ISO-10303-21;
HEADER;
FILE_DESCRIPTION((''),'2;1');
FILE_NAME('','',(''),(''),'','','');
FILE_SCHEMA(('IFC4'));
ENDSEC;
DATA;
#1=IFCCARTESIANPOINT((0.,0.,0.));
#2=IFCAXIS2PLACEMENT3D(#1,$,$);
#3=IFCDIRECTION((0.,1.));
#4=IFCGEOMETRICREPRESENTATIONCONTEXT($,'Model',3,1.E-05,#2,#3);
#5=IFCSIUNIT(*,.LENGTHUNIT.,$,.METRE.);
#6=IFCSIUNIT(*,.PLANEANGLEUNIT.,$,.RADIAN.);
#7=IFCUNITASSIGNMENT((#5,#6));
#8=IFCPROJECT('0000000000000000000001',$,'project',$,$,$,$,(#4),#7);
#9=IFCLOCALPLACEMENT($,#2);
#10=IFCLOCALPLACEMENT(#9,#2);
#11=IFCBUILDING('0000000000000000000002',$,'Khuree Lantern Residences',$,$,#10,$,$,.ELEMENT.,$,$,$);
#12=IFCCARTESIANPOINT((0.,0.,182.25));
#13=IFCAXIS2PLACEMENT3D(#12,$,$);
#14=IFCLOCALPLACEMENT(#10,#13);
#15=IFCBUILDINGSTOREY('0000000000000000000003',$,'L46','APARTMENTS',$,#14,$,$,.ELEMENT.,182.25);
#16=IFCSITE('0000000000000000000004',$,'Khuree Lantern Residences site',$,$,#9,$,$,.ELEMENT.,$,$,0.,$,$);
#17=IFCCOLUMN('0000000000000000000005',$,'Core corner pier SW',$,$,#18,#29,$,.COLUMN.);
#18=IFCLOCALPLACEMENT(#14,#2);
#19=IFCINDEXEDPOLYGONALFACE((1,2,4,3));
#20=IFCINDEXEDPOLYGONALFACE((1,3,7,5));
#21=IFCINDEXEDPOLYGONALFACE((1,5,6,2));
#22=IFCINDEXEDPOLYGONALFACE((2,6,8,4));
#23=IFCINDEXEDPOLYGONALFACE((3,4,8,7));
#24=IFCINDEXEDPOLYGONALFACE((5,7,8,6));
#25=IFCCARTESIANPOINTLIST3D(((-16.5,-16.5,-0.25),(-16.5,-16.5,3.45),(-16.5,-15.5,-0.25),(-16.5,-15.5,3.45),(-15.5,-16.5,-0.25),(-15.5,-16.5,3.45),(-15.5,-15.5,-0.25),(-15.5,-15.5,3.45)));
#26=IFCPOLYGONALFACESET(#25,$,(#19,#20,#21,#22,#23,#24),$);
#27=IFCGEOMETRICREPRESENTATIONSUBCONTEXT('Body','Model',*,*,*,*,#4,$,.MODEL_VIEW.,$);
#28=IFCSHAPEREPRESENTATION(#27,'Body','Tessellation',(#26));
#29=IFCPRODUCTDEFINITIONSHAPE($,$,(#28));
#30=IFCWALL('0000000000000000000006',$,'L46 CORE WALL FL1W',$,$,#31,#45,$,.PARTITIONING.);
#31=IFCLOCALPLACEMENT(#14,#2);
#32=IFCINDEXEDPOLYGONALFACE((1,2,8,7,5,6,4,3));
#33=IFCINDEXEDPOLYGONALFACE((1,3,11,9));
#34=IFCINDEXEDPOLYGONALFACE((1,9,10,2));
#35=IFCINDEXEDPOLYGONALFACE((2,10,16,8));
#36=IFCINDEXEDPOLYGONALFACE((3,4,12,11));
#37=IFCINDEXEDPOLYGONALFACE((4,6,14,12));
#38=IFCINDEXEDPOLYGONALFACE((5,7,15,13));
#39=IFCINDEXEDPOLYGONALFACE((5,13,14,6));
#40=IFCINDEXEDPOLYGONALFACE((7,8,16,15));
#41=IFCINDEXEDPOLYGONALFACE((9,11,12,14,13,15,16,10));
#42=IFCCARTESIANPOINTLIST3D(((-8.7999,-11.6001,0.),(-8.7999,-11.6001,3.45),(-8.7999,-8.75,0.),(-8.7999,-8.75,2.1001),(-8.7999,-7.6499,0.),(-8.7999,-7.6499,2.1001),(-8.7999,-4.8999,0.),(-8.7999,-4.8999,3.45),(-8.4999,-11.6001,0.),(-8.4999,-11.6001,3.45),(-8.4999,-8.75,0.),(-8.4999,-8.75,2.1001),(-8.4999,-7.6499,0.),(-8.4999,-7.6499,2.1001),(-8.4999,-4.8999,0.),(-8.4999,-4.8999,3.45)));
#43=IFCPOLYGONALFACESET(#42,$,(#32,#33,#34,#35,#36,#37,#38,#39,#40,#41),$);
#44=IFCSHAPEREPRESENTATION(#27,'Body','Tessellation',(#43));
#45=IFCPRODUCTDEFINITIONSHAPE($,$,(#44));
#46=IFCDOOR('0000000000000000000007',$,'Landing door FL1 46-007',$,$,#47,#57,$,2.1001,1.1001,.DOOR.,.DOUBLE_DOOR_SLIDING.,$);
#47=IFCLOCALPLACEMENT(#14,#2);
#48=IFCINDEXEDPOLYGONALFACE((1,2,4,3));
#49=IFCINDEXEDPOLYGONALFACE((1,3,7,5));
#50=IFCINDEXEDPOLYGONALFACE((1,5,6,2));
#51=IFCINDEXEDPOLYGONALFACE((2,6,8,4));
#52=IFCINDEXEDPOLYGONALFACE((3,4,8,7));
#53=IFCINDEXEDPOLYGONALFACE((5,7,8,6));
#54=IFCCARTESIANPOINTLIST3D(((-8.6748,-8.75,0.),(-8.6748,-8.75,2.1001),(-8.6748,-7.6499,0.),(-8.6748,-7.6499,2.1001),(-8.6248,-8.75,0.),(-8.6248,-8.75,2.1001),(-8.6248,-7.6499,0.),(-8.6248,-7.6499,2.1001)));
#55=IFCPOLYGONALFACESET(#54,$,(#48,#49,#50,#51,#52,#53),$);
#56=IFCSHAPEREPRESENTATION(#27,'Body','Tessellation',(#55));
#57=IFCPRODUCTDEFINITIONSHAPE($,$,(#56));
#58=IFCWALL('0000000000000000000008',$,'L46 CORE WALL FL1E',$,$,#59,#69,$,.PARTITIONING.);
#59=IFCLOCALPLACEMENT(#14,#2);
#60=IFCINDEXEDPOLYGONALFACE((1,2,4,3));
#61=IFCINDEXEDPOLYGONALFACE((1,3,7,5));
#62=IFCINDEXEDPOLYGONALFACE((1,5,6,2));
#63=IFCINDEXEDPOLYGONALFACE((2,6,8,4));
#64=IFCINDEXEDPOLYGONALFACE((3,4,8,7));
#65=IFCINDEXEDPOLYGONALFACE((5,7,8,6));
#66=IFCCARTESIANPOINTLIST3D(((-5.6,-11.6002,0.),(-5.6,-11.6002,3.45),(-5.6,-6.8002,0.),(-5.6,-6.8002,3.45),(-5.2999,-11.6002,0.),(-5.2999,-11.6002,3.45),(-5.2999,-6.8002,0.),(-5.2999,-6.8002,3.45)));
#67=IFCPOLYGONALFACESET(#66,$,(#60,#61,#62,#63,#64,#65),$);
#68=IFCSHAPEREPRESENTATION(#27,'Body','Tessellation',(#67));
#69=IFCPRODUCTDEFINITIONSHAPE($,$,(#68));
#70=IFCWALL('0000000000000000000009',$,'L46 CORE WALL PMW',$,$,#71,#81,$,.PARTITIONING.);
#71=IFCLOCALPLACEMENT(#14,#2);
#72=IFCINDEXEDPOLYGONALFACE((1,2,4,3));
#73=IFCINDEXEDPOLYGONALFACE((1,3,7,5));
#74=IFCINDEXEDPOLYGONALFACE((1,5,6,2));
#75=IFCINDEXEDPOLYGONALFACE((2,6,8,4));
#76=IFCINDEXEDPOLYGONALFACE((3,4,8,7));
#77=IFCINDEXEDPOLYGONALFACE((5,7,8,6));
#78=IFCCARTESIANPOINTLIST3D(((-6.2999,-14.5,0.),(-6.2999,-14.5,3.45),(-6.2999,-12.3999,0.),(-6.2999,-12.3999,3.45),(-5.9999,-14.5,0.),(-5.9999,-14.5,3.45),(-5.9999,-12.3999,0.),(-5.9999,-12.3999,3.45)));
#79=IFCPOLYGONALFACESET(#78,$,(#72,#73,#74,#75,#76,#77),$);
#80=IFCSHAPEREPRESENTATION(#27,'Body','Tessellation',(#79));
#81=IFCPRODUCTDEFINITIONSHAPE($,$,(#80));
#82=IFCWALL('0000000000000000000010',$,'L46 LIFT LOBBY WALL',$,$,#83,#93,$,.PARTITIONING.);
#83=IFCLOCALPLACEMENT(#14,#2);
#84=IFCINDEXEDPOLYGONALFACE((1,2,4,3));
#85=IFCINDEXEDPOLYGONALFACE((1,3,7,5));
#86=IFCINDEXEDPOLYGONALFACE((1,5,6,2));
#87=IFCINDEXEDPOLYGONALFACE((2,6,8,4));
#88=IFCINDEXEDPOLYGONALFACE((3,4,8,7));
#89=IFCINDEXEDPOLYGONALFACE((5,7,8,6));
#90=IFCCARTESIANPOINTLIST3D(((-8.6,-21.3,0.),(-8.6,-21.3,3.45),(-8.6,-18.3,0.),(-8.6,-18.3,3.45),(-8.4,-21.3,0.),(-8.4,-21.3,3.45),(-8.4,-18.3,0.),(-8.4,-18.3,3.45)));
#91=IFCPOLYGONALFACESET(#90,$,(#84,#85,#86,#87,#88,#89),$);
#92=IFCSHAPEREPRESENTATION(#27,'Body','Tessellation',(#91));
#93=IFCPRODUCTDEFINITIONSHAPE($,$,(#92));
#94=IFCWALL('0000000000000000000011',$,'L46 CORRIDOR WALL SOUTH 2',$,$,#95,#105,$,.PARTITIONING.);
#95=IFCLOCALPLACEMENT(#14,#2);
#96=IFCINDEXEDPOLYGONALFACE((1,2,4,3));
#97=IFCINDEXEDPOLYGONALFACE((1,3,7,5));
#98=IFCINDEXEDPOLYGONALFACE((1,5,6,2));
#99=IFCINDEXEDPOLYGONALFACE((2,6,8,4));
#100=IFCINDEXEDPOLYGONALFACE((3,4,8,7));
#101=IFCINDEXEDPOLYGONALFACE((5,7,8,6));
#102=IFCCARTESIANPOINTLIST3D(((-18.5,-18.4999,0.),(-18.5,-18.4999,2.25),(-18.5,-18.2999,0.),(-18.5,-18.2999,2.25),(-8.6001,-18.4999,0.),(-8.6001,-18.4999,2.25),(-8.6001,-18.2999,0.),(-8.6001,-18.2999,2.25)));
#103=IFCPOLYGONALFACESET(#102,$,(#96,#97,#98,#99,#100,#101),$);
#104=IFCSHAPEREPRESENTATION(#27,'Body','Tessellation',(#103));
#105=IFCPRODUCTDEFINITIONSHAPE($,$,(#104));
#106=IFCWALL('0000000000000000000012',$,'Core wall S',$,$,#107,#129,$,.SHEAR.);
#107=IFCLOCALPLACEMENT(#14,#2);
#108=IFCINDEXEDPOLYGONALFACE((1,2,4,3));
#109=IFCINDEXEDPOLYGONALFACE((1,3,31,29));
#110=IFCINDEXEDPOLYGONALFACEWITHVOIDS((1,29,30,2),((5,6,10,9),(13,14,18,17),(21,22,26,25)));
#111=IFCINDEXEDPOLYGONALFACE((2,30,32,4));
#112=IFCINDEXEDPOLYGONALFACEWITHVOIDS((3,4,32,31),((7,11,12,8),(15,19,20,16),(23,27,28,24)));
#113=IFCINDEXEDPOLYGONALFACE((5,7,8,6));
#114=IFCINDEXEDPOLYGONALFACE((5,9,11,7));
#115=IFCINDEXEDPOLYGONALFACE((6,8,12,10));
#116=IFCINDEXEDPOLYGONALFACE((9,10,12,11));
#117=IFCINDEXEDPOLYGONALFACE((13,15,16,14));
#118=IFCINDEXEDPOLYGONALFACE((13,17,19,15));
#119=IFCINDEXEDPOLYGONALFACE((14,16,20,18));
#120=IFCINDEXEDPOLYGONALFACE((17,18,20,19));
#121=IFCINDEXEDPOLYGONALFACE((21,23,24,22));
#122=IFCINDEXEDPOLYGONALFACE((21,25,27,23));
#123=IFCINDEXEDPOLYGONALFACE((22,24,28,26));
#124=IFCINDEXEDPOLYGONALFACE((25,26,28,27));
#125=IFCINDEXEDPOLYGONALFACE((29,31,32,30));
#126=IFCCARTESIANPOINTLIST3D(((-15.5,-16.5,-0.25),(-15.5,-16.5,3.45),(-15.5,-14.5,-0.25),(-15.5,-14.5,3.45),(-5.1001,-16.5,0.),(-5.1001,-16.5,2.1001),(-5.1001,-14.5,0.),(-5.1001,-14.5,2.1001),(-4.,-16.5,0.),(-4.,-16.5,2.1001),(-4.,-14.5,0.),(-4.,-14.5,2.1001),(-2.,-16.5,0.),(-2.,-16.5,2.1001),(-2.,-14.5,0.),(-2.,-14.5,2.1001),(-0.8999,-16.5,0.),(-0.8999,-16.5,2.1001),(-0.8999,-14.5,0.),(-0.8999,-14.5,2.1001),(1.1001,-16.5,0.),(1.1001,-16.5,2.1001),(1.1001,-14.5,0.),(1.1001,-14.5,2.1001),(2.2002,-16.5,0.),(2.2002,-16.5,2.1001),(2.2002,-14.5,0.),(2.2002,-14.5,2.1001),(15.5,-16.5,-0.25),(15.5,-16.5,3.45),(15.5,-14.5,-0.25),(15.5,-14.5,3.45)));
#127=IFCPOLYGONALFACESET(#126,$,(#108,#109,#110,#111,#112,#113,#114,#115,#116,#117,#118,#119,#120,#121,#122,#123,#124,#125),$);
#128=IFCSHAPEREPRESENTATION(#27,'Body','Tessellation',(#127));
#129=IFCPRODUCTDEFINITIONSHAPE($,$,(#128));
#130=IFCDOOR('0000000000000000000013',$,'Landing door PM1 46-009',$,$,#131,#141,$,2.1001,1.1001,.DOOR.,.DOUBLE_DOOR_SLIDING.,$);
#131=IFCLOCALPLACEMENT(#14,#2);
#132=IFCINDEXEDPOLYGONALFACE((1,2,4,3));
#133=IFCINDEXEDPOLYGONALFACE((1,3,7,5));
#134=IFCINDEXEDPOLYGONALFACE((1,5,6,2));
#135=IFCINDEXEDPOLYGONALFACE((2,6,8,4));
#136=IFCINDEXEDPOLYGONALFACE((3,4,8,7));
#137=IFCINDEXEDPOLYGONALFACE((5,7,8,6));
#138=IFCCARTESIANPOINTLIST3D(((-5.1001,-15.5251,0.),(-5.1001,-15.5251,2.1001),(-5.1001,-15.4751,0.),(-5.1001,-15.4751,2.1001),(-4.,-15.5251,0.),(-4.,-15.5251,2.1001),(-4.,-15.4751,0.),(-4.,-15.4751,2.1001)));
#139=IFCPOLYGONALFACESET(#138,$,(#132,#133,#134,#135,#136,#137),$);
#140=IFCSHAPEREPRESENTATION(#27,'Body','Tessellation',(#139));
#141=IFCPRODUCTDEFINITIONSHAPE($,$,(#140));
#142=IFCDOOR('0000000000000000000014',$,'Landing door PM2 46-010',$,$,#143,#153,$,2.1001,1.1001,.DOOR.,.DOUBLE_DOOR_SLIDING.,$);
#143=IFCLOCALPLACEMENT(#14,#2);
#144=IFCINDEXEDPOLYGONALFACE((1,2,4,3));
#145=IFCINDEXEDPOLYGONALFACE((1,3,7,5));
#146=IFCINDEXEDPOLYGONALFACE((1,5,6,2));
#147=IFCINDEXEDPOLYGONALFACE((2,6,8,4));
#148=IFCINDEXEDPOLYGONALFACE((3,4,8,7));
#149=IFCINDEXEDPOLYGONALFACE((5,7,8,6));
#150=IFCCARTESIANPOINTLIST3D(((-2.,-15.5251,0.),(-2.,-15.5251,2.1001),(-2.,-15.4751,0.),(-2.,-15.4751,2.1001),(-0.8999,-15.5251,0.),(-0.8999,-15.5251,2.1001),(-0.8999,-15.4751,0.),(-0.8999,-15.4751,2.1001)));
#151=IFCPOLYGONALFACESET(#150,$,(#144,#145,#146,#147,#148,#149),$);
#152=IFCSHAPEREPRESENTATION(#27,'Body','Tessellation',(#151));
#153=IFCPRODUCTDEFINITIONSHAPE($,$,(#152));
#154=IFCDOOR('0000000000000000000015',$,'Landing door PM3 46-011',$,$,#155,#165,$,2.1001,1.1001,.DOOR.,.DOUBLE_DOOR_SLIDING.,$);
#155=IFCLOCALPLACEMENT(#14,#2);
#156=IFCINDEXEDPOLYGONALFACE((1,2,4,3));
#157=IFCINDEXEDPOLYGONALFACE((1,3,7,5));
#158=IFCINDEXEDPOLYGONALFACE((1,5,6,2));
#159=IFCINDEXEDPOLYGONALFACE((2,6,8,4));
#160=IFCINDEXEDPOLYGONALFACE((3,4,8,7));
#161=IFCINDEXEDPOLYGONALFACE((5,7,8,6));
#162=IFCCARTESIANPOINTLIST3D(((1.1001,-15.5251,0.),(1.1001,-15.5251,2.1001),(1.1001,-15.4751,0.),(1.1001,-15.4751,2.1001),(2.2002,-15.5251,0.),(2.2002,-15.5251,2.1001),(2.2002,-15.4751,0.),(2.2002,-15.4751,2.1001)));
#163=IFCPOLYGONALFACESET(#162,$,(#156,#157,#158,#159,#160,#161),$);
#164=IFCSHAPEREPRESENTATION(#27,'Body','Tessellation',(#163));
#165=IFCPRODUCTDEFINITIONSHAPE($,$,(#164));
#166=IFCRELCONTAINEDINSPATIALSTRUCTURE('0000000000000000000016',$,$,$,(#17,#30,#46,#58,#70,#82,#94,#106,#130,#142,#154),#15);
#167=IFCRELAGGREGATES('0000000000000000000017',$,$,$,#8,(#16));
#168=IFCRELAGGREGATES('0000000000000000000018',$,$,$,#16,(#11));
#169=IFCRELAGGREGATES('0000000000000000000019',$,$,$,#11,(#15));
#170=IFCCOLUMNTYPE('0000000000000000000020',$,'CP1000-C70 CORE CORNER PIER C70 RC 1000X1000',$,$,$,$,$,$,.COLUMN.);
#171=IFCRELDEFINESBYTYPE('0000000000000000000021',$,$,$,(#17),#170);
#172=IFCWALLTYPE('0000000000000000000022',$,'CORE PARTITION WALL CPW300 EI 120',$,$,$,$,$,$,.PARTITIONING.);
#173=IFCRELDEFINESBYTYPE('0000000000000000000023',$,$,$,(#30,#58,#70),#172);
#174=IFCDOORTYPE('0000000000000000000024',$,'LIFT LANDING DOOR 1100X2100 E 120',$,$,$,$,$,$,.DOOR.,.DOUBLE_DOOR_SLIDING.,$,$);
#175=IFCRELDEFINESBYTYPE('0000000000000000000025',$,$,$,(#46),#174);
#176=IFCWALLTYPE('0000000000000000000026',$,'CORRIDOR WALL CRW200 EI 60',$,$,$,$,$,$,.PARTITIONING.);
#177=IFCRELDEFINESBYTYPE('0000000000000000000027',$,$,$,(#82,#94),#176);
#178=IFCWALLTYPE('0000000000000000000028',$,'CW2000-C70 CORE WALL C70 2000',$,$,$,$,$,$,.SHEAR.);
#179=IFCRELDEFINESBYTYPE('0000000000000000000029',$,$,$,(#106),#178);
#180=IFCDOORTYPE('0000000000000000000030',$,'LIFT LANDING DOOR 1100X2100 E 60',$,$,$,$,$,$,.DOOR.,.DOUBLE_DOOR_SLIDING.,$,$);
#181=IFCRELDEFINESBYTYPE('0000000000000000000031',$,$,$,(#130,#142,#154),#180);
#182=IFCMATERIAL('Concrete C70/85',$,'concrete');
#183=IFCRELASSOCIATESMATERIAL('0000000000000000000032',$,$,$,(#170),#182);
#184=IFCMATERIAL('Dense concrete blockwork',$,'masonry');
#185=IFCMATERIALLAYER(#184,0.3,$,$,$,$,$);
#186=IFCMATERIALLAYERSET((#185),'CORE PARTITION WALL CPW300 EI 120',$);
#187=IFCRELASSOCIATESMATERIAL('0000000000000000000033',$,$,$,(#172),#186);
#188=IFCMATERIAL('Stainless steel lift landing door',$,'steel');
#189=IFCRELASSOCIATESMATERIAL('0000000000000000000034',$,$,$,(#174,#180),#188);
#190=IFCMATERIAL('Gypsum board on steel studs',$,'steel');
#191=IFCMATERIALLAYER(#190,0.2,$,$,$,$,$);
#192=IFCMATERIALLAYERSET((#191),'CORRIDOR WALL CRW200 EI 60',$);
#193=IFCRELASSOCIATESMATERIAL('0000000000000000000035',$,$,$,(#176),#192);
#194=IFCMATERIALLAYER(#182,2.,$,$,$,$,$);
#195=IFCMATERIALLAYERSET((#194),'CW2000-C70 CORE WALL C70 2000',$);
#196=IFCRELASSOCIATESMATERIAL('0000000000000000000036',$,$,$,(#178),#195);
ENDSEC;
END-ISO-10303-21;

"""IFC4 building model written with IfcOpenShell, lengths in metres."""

from ifc_helpers import new_model, si_unit, direction, frame, frame_2d, origin, origin_2d, place, context, subcontext, project, spatial, rectangle, extrude, material, layer, layer_set, material_profile, profile_set, type_object, element, fill, save


model = new_model("IFC4")

# Units and contexts
model_context = context("Model", 3, precision=1e-05, world=origin(), true_north=direction((0.0, 1.0)))
body_context = subcontext(model_context, "Body", "Model", "MODEL_VIEW")
ifc_project = project(units=[si_unit("LENGTHUNIT", "METRE"), si_unit("PLANEANGLEUNIT", "RADIAN")], contexts=[model_context])

# Site, building, storey
site_placement = place(None, origin())
site = spatial("IfcSite", under=ifc_project, at=site_placement, Name="Khuree Lantern Residences site", CompositionType="ELEMENT", RefElevation=0.0)
building_placement = place(site_placement, origin())
building = spatial("IfcBuilding", under=site, at=building_placement, Name="Khuree Lantern Residences", CompositionType="ELEMENT")
storey_placement = place(building_placement, frame((0.0, 0.0, 182.25)))
storey = spatial("IfcBuildingStorey", under=building, at=storey_placement, Name="L46", Description="APARTMENTS", CompositionType="ELEMENT", Elevation=182.25)

# Column
ifc_material_1 = material(Name="Concrete C70/85", Category="concrete")
ifc_material_profile = material_profile(ifc_material_1, rectangle(XDim=1.0, YDim=1.0, at=origin_2d()), Name="RC 1000X1000")
ifc_profile_set = profile_set([ifc_material_profile], Name="Concrete C70/85")
column_type = type_object("IfcColumnType", Name="CP1000-C70 CORE CORNER PIER C70 RC 1000X1000", PredefinedType="COLUMN", material=ifc_profile_set)
column_placement = place(storey_placement, frame((-16.0, -16.0, -0.25), z_axis=(0.0, 0.0, 1.0), x_axis=(1.0, 0.0, 0.0)))
element("IfcColumn", 1, at=column_placement, inside=storey, type_object=column_type, Name="Core corner pier SW", PredefinedType="COLUMN", context=body_context, shape_type="SweptSolid", body=[
    extrude(rectangle(XDim=1.0, YDim=1.0, at=origin_2d()), origin(), (0.0, 0.0, 1.0), 3.7),
])

# Wall, opening, door
ifc_material_2 = material(Name="Dense concrete blockwork", Category="masonry")
ifc_layer_1 = layer(ifc_material_2, 0.3)
ifc_layer_set_1 = layer_set([ifc_layer_1], Name="CORE PARTITION WALL CPW300 EI 120")
wall_type_1 = type_object("IfcWallType", Name="CORE PARTITION WALL CPW300 EI 120", PredefinedType="PARTITIONING", material=ifc_layer_set_1)
wall_1_placement = place(storey_placement, frame((-8.6499, -11.6001, 0.0), z_axis=(0.0, 0.0, 1.0), x_axis=(0.0, 1.0, 0.0)))
wall_1 = element("IfcWall", 2, at=wall_1_placement, inside=storey, type_object=wall_type_1, Name="L46 CORE WALL FL1W", PredefinedType="PARTITIONING", context=body_context, shape_type="SweptSolid", body=[
    extrude(rectangle(XDim=6.7002, YDim=0.3, at=frame_2d((3.3501, 0.0))), origin(), (0.0, 0.0, 1.0), 3.45),
])
opening_1_placement = place(wall_1_placement, frame((2.8501, 0.0, 0.0)))
opening_1 = element("IfcOpeningElement", 3, at=opening_1_placement, cuts=wall_1, PredefinedType="OPENING", context=body_context, shape_type="SweptSolid", body=[
    extrude(rectangle(XDim=1.1001, YDim=2.1001, at=frame_2d((0.55, 1.05))), frame((0.0, 0.1602, 0.0), z_axis=(0.0, -1.0, 0.0), x_axis=(1.0, 0.0, 0.0)), (0.0, 0.0, 1.0), 0.3201),
])
ifc_material_3 = material(Name="Stainless steel lift landing door", Category="steel")
door_type_1 = type_object("IfcDoorType", Name="LIFT LANDING DOOR 1100X2100 E 120", OperationType="DOUBLE_DOOR_SLIDING", PredefinedType="DOOR", material=ifc_material_3)
door_1_placement = place(opening_1_placement, origin())
door_1 = element("IfcDoor", 4, at=door_1_placement, inside=storey, type_object=door_type_1, Name="Landing door FL1 46-007", OperationType="DOUBLE_DOOR_SLIDING", OverallHeight=2.1001, OverallWidth=1.1001, PredefinedType="DOOR", context=body_context, shape_type="SweptSolid", body=[
    extrude(rectangle(XDim=1.1001, YDim=2.1001, at=frame_2d((0.55, 1.05))), frame((0.0, 0.0249, 0.0), z_axis=(0.0, -1.0, 0.0), x_axis=(1.0, 0.0, 0.0)), (0.0, 0.0, 1.0), 0.05),
])
fill(opening_1, door_1)

# Walls
wall_2_placement = place(storey_placement, frame((-5.45, -11.6001, 0.0), z_axis=(0.0, 0.0, 1.0), x_axis=(0.0, 1.0, 0.0)))
element("IfcWall", 5, at=wall_2_placement, inside=storey, type_object=wall_type_1, Name="L46 CORE WALL FL1E", PredefinedType="PARTITIONING", context=body_context, shape_type="SweptSolid", body=[
    extrude(rectangle(XDim=4.8, YDim=0.3, at=frame_2d((2.3999, 0.0))), origin(), (0.0, 0.0, 1.0), 3.45),
])
wall_3_placement = place(storey_placement, frame((-6.1499, -14.5, 0.0), z_axis=(0.0, 0.0, 1.0), x_axis=(0.0, 1.0, 0.0)))
element("IfcWall", 6, at=wall_3_placement, inside=storey, type_object=wall_type_1, Name="L46 CORE WALL PMW", PredefinedType="PARTITIONING", context=body_context, shape_type="SweptSolid", body=[
    extrude(rectangle(XDim=2.1001, YDim=0.3, at=frame_2d((1.05, 0.0))), origin(), (0.0, 0.0, 1.0), 3.45),
])
ifc_material_4 = material(Name="Gypsum board on steel studs", Category="steel")
ifc_layer_2 = layer(ifc_material_4, 0.2)
ifc_layer_set_2 = layer_set([ifc_layer_2], Name="CORRIDOR WALL CRW200 EI 60")
wall_type_2 = type_object("IfcWallType", Name="CORRIDOR WALL CRW200 EI 60", PredefinedType="PARTITIONING", material=ifc_layer_set_2)
wall_4_placement = place(storey_placement, frame((-8.5, -18.3, 0.0), z_axis=(0.0, 0.0, 1.0), x_axis=(0.0, -1.0, 0.0)))
element("IfcWall", 7, at=wall_4_placement, inside=storey, type_object=wall_type_2, Name="L46 LIFT LOBBY WALL", PredefinedType="PARTITIONING", context=body_context, shape_type="SweptSolid", body=[
    extrude(rectangle(XDim=3.0, YDim=0.2, at=frame_2d((1.5, 0.0))), origin(), (0.0, 0.0, 1.0), 3.45),
])
wall_5_placement = place(storey_placement, frame((-8.6001, -18.3999, 0.0), z_axis=(0.0, 0.0, 1.0), x_axis=(-1.0, 0.0, 0.0)))
element("IfcWall", 8, at=wall_5_placement, inside=storey, type_object=wall_type_2, Name="L46 CORRIDOR WALL SOUTH 2", PredefinedType="PARTITIONING", context=body_context, shape_type="SweptSolid", body=[
    extrude(rectangle(XDim=9.8999, YDim=0.2, at=frame_2d((4.95, 0.0))), origin(), (0.0, 0.0, 1.0), 2.25),
])

# Wall, openings, doors
ifc_layer_3 = layer(ifc_material_1, 2.0)
ifc_layer_set_3 = layer_set([ifc_layer_3], Name="CW2000-C70 CORE WALL C70 2000")
wall_type_3 = type_object("IfcWallType", Name="CW2000-C70 CORE WALL C70 2000", PredefinedType="SHEAR", material=ifc_layer_set_3)
wall_6_placement = place(storey_placement, frame((-15.5, -15.5, -0.25), z_axis=(0.0, 0.0, 1.0), x_axis=(1.0, 0.0, 0.0)))
wall_6 = element("IfcWall", 9, at=wall_6_placement, inside=storey, type_object=wall_type_3, Name="Core wall S", PredefinedType="SHEAR", context=body_context, shape_type="SweptSolid", body=[
    extrude(rectangle(XDim=31.0, YDim=2.0, at=frame_2d((15.5, 0.0))), origin(), (0.0, 0.0, 1.0), 3.7),
])
opening_2_placement = place(wall_6_placement, frame((10.3999, 0.0, 0.25)))
opening_2 = element("IfcOpeningElement", 10, at=opening_2_placement, cuts=wall_6, PredefinedType="OPENING", context=body_context, shape_type="SweptSolid", body=[
    extrude(rectangle(XDim=1.1001, YDim=2.1001, at=frame_2d((0.55, 1.05))), frame((0.0, 1.01, 0.0), z_axis=(0.0, -1.0, 0.0), x_axis=(1.0, 0.0, 0.0)), (0.0, 0.0, 1.0), 2.02),
])
opening_3_placement = place(wall_6_placement, frame((13.5, 0.0, 0.25)))
opening_3 = element("IfcOpeningElement", 11, at=opening_3_placement, cuts=wall_6, PredefinedType="OPENING", context=body_context, shape_type="SweptSolid", body=[
    extrude(rectangle(XDim=1.1001, YDim=2.1001, at=frame_2d((0.55, 1.05))), frame((0.0, 1.01, 0.0), z_axis=(0.0, -1.0, 0.0), x_axis=(1.0, 0.0, 0.0)), (0.0, 0.0, 1.0), 2.02),
])
opening_4_placement = place(wall_6_placement, frame((16.6001, 0.0, 0.25)))
opening_4 = element("IfcOpeningElement", 12, at=opening_4_placement, cuts=wall_6, PredefinedType="OPENING", context=body_context, shape_type="SweptSolid", body=[
    extrude(rectangle(XDim=1.1001, YDim=2.1001, at=frame_2d((0.55, 1.05))), frame((0.0, 1.01, 0.0), z_axis=(0.0, -1.0, 0.0), x_axis=(1.0, 0.0, 0.0)), (0.0, 0.0, 1.0), 2.02),
])
door_type_2 = type_object("IfcDoorType", Name="LIFT LANDING DOOR 1100X2100 E 60", OperationType="DOUBLE_DOOR_SLIDING", PredefinedType="DOOR", material=ifc_material_3)
door_2_placement = place(opening_2_placement, origin())
door_2 = element("IfcDoor", 13, at=door_2_placement, inside=storey, type_object=door_type_2, Name="Landing door PM1 46-009", OperationType="DOUBLE_DOOR_SLIDING", OverallHeight=2.1001, OverallWidth=1.1001, PredefinedType="DOOR", context=body_context, shape_type="SweptSolid", body=[
    extrude(rectangle(XDim=1.1001, YDim=2.1001, at=frame_2d((0.55, 1.05))), frame((0.0, 0.0249, 0.0), z_axis=(0.0, -1.0, 0.0), x_axis=(1.0, 0.0, 0.0)), (0.0, 0.0, 1.0), 0.05),
])
fill(opening_2, door_2)
door_3_placement = place(opening_3_placement, origin())
door_3 = element("IfcDoor", 14, at=door_3_placement, inside=storey, type_object=door_type_2, Name="Landing door PM2 46-010", OperationType="DOUBLE_DOOR_SLIDING", OverallHeight=2.1001, OverallWidth=1.1001, PredefinedType="DOOR", context=body_context, shape_type="SweptSolid", body=[
    extrude(rectangle(XDim=1.1001, YDim=2.1001, at=frame_2d((0.55, 1.05))), frame((0.0, 0.0249, 0.0), z_axis=(0.0, -1.0, 0.0), x_axis=(1.0, 0.0, 0.0)), (0.0, 0.0, 1.0), 0.05),
])
fill(opening_3, door_3)
door_4_placement = place(opening_4_placement, origin())
door_4 = element("IfcDoor", 15, at=door_4_placement, inside=storey, type_object=door_type_2, Name="Landing door PM3 46-011", OperationType="DOUBLE_DOOR_SLIDING", OverallHeight=2.1001, OverallWidth=1.1001, PredefinedType="DOOR", context=body_context, shape_type="SweptSolid", body=[
    extrude(rectangle(XDim=1.1001, YDim=2.1001, at=frame_2d((0.55, 1.05))), frame((0.0, 0.0249, 0.0), z_axis=(0.0, -1.0, 0.0), x_axis=(1.0, 0.0, 0.0)), (0.0, 0.0, 1.0), 0.05),
])
fill(opening_4, door_4)

save(model, "model.ifc")
